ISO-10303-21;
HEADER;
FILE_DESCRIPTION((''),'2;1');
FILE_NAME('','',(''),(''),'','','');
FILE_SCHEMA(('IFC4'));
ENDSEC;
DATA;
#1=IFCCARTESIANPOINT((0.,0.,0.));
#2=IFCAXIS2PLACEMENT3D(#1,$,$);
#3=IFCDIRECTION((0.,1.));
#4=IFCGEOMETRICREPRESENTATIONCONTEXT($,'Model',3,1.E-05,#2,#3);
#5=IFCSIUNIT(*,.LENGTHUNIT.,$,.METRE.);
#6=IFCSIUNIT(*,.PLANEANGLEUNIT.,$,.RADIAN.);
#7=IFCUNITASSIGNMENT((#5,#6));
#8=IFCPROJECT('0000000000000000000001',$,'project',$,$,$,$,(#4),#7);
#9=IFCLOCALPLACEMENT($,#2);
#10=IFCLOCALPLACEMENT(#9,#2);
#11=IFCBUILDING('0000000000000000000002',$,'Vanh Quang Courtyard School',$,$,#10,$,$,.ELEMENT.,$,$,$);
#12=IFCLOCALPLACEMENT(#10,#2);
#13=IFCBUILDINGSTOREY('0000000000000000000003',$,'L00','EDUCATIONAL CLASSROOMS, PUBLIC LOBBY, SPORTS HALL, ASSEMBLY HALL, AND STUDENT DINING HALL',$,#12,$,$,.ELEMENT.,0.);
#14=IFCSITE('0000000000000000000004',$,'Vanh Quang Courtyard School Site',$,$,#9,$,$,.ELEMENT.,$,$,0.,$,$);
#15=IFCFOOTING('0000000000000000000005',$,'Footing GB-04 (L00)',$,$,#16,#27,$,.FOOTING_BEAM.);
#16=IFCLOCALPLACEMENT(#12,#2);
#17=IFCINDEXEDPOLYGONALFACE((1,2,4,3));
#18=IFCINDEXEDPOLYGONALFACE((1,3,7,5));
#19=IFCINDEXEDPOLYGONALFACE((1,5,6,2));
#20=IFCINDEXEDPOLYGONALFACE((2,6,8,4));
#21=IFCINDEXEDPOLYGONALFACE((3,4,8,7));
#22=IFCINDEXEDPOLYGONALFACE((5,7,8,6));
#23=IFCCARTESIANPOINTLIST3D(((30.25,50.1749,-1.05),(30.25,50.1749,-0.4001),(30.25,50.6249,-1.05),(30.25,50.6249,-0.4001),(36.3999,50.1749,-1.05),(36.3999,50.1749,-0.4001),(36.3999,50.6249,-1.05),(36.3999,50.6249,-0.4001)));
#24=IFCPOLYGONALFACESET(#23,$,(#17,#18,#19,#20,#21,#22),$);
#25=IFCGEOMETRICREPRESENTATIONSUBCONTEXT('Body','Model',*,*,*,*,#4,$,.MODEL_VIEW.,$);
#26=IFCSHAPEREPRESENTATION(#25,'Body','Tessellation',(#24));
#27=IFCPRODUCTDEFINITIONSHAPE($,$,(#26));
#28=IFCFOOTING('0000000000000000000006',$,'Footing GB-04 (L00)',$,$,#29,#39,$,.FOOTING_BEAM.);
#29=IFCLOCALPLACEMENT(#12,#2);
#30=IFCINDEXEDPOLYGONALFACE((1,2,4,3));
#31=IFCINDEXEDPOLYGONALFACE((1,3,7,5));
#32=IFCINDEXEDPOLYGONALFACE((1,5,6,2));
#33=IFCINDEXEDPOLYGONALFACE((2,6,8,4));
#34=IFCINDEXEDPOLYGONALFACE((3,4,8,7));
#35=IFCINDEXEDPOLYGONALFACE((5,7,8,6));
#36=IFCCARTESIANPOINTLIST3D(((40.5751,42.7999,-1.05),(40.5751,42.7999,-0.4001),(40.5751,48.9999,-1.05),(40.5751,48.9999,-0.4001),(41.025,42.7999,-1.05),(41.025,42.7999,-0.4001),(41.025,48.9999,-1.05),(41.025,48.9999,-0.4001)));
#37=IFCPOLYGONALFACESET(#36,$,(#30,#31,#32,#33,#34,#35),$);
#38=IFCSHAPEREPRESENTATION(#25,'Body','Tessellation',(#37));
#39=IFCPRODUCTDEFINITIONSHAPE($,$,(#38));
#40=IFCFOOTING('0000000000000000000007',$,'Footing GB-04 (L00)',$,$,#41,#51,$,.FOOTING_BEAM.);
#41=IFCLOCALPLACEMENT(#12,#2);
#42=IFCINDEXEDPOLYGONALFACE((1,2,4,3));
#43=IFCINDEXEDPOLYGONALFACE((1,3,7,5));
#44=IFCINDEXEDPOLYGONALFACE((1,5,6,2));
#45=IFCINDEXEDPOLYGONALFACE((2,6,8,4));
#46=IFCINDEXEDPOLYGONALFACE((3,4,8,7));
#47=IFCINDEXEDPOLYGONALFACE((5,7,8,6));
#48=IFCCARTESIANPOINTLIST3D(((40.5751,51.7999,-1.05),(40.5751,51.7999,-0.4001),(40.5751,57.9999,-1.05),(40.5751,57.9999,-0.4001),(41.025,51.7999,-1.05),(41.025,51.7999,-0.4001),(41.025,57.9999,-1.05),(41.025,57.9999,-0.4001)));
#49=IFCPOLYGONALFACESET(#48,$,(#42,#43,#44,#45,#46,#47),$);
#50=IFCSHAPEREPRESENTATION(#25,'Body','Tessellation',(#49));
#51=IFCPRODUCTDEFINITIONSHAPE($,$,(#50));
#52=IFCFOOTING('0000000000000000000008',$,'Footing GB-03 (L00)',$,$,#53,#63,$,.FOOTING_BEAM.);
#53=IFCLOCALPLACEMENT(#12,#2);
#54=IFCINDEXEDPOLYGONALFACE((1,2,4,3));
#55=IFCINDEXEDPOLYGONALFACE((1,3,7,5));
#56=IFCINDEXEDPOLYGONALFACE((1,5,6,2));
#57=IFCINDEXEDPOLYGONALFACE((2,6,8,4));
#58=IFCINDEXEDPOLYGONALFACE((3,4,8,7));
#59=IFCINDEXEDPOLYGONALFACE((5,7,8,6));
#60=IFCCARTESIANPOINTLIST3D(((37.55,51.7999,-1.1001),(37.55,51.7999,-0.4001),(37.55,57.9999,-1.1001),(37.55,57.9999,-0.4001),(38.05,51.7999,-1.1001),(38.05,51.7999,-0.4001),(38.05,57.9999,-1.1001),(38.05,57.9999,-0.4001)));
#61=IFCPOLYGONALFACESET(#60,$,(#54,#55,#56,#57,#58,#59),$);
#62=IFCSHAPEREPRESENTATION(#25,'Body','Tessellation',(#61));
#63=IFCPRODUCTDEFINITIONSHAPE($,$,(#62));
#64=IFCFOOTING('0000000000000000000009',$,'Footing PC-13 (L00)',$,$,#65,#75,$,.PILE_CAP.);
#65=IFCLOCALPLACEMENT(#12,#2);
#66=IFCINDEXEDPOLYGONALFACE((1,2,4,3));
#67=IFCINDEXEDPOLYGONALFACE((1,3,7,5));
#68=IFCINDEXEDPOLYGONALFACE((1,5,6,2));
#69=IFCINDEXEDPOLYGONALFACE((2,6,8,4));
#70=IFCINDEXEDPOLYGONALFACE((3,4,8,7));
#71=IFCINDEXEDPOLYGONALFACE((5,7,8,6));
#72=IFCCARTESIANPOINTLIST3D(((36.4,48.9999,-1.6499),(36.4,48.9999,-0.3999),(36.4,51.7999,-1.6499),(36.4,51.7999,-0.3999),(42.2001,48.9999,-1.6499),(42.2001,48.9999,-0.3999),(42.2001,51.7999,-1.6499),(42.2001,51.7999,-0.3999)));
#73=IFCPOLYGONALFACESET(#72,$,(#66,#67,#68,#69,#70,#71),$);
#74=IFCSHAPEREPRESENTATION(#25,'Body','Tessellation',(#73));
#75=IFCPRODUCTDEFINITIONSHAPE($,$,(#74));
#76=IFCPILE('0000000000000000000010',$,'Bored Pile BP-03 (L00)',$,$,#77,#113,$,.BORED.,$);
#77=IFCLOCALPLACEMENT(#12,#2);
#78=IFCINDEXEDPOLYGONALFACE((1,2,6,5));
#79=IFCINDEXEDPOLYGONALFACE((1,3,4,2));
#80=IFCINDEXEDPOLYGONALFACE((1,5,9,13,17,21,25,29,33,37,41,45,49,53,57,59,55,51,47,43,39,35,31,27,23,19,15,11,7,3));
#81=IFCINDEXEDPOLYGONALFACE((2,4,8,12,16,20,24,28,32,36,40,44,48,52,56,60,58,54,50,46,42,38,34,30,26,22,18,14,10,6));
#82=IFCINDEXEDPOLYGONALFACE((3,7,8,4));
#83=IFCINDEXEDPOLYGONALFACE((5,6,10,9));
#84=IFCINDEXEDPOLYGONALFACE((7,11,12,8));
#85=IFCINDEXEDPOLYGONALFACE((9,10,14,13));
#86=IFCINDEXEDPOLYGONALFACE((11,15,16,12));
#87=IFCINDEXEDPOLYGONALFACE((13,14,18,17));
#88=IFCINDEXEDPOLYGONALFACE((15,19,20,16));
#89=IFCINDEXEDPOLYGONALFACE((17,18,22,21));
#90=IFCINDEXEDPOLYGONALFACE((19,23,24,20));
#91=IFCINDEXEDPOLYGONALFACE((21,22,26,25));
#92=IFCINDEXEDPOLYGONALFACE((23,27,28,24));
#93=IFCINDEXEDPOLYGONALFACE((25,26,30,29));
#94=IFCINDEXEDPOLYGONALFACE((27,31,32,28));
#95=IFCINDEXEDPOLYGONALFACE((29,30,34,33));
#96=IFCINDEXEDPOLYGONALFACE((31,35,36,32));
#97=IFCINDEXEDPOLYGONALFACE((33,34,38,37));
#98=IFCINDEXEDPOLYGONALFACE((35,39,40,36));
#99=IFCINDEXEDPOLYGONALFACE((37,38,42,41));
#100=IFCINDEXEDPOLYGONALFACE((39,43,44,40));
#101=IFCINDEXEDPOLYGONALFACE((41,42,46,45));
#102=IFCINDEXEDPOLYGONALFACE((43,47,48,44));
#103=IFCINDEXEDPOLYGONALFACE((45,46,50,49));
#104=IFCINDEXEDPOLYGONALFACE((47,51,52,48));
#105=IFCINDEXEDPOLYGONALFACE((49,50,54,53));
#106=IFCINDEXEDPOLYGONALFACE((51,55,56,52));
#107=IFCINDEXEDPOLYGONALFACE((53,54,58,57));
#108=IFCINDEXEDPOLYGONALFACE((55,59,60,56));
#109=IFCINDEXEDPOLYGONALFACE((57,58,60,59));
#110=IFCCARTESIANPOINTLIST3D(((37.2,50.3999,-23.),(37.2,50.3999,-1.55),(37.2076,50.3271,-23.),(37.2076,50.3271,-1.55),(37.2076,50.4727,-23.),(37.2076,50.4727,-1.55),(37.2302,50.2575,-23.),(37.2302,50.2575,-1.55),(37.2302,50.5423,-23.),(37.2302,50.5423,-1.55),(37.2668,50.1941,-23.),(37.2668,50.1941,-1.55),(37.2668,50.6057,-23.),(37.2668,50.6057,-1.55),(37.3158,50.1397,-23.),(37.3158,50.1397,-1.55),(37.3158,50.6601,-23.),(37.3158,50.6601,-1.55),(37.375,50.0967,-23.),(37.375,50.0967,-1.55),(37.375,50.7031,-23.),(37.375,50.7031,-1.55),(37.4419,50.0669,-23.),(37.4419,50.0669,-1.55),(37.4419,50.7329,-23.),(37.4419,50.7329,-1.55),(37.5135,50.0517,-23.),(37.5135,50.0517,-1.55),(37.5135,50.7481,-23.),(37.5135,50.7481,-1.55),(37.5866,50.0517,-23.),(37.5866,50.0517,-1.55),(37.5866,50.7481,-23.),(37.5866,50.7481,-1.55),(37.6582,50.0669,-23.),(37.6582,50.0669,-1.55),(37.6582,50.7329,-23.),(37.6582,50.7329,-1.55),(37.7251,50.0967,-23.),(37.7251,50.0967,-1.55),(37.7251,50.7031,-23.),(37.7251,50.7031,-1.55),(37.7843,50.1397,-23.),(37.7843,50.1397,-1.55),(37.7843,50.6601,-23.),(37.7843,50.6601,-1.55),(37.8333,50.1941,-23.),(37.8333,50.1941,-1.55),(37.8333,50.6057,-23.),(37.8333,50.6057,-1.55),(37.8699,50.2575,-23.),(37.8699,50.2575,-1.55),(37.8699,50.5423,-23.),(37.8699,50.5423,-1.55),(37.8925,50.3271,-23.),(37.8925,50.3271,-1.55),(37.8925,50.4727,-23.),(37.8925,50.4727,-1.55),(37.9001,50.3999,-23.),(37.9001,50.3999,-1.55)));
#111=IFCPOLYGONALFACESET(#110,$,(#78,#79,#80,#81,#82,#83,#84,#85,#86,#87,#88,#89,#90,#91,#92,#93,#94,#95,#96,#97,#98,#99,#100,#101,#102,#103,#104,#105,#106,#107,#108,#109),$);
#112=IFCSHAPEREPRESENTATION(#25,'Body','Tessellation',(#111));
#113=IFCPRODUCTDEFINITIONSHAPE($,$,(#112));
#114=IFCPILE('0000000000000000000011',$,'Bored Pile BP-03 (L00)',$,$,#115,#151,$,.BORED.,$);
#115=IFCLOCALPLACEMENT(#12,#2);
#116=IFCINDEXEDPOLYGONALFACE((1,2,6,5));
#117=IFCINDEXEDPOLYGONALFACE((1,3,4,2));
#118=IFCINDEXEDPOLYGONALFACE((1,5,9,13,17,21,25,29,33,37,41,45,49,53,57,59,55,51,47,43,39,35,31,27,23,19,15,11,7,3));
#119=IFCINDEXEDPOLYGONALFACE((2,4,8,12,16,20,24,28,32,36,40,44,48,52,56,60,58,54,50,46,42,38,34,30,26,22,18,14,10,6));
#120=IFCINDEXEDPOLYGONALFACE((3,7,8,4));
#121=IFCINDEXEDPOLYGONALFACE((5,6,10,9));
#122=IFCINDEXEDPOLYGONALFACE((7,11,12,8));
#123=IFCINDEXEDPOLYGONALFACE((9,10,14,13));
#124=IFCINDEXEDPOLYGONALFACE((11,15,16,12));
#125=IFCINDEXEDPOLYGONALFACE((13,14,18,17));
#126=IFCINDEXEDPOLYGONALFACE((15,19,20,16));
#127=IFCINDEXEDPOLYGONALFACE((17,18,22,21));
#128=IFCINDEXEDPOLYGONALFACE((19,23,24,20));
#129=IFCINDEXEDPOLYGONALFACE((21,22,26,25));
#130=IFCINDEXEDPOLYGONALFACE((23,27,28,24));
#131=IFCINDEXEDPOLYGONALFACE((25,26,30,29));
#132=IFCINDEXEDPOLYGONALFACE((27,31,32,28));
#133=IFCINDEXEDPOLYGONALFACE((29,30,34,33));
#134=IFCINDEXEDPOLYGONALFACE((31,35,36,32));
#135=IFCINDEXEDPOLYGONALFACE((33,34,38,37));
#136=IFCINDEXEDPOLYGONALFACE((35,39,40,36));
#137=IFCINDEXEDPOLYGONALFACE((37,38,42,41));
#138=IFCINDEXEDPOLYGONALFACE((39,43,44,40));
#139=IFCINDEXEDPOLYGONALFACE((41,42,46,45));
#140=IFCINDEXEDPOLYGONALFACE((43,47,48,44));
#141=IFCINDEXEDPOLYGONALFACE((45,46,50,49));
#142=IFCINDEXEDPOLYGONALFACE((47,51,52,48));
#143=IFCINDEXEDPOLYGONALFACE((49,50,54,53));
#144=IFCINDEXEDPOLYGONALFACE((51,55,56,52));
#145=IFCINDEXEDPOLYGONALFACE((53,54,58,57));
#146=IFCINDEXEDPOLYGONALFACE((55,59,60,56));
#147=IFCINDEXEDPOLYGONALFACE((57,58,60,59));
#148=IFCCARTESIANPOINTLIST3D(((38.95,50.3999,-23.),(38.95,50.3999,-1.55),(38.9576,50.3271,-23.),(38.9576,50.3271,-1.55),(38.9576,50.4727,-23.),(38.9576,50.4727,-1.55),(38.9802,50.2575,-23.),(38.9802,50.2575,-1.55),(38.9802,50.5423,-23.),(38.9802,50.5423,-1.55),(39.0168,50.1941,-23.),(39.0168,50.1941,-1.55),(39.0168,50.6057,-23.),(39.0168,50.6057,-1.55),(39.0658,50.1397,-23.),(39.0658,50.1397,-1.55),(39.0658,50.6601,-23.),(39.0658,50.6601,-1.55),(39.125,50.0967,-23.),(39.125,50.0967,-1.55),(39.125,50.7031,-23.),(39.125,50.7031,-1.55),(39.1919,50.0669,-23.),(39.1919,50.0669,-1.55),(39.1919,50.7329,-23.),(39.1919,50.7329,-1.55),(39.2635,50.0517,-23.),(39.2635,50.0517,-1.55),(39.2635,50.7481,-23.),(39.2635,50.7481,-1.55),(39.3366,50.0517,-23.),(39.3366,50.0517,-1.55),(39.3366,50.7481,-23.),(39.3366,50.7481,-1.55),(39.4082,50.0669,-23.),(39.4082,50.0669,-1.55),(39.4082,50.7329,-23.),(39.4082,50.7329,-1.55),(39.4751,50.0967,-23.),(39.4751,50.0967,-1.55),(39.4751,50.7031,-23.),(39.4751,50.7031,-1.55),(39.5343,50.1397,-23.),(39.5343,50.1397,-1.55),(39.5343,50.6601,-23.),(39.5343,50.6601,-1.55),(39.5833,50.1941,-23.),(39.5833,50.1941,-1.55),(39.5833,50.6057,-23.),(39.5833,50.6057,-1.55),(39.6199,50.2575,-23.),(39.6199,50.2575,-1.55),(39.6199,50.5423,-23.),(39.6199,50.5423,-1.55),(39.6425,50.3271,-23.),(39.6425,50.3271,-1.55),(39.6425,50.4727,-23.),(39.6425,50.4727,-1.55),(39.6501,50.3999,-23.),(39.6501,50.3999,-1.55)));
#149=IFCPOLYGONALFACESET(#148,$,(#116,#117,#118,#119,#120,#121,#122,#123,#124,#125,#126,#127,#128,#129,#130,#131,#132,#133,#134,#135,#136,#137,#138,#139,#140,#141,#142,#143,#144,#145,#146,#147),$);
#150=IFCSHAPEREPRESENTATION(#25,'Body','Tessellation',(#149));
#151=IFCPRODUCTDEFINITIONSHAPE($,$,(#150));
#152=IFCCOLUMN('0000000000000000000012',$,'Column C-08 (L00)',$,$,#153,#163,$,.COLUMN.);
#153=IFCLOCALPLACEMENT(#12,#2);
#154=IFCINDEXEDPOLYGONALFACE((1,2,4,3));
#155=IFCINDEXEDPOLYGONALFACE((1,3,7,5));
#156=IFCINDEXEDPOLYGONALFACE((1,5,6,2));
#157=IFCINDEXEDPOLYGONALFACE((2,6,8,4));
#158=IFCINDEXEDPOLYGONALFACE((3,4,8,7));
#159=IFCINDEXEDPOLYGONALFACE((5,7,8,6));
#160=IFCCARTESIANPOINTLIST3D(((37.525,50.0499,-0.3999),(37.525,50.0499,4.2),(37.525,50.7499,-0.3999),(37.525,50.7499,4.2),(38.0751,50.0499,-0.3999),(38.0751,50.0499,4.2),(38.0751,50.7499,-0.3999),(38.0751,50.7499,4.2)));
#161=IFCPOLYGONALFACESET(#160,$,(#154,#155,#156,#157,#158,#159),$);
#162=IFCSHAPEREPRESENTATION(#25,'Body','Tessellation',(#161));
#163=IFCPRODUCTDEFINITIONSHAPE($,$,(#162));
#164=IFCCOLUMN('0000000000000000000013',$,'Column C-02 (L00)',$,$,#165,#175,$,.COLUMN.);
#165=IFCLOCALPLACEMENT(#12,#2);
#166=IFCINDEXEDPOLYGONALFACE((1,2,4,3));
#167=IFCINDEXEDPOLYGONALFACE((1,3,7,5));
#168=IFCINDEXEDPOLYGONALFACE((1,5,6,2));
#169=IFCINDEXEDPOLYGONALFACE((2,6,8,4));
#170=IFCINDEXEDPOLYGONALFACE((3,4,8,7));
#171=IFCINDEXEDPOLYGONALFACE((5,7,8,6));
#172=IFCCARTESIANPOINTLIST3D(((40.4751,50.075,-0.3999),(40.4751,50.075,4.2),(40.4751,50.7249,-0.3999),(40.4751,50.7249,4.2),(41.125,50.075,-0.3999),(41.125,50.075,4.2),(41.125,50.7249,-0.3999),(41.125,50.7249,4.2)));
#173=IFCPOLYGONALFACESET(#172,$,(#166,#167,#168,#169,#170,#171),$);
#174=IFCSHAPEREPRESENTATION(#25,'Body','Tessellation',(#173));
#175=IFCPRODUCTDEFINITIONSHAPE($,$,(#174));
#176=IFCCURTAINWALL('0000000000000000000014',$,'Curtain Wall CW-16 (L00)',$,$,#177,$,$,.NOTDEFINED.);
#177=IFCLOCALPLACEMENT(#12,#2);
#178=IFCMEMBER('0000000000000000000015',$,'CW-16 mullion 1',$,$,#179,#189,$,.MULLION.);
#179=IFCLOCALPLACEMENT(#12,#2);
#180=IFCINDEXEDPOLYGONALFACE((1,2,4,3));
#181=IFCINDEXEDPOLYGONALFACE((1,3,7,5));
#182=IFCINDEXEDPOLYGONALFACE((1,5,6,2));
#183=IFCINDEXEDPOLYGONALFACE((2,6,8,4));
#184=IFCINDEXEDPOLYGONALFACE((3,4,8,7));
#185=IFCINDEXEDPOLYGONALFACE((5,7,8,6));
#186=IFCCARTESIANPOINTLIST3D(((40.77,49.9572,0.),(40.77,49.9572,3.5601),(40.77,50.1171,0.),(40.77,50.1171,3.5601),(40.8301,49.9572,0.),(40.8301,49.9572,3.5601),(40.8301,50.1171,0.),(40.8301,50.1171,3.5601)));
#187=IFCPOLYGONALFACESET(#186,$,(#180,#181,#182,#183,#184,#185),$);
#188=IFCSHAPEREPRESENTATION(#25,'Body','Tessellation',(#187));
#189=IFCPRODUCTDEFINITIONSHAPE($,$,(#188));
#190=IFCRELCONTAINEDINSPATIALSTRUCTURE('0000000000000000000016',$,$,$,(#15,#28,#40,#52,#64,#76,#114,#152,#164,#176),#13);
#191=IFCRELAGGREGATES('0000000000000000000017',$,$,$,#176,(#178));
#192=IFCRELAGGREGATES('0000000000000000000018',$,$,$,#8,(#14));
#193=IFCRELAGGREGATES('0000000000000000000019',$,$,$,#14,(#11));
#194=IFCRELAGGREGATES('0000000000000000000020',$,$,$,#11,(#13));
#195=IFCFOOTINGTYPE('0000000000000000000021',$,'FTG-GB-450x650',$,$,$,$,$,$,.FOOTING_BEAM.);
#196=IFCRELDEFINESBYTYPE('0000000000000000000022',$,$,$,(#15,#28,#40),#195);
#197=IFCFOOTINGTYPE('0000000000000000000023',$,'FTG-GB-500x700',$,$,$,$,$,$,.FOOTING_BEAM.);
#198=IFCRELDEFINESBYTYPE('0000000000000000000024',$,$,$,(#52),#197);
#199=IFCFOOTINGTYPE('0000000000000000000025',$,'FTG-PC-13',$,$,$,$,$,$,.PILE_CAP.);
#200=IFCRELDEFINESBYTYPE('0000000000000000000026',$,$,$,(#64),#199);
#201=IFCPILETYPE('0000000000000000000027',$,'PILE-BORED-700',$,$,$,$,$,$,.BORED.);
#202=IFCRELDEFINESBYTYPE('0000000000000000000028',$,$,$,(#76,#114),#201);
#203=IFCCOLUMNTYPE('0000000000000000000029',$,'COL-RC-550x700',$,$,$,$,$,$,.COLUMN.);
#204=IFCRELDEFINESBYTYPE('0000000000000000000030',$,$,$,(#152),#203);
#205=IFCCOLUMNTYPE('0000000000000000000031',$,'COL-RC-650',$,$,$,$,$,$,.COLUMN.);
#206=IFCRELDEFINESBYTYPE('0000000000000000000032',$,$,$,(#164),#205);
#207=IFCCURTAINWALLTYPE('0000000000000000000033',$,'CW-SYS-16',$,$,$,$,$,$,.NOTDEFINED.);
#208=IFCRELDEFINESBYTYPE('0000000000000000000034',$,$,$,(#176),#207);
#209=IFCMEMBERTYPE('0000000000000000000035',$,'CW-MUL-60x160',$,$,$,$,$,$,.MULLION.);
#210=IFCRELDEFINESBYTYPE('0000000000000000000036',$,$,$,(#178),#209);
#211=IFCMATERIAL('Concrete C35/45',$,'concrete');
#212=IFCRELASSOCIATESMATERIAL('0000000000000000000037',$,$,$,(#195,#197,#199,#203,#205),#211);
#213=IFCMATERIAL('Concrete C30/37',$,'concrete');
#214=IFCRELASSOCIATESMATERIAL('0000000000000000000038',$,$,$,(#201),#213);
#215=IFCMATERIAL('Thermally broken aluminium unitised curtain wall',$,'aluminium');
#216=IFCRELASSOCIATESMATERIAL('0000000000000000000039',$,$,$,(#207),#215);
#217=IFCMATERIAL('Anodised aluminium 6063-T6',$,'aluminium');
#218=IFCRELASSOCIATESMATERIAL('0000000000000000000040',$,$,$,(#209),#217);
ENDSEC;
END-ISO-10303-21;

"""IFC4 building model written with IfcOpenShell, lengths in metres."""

from ifc_helpers import new_model, si_unit, direction, frame, origin, origin_2d, place, context, subcontext, project, spatial, rectangle, circle, extrude, material, material_profile, profile_set, type_object, element, aggregate, save


model = new_model("IFC4")

# Units and contexts
model_context = context("Model", 3, precision=1e-05, world=origin(), true_north=direction((0.0, 1.0)))
body_context = subcontext(model_context, "Body", "Model", "MODEL_VIEW")
ifc_project = project(units=[si_unit("LENGTHUNIT", "METRE"), si_unit("PLANEANGLEUNIT", "RADIAN")], contexts=[model_context])

# Site, building, storey
site_placement = place(None, origin())
site = spatial("IfcSite", under=ifc_project, at=site_placement, Name="Vanh Quang Courtyard School Site", CompositionType="ELEMENT", RefElevation=0.0)
building_placement = place(site_placement, origin())
building = spatial("IfcBuilding", under=site, at=building_placement, Name="Vanh Quang Courtyard School", CompositionType="ELEMENT")
storey_placement = place(building_placement, origin())
storey = spatial("IfcBuildingStorey", under=building, at=storey_placement, Name="L00", Description="EDUCATIONAL CLASSROOMS, PUBLIC LOBBY, SPORTS HALL, ASSEMBLY HALL, AND STUDENT DINING HALL", CompositionType="ELEMENT", Elevation=0.0)

# Footings
ifc_material_1 = material(Name="Concrete C35/45", Category="concrete")
footing_type_1 = type_object("IfcFootingType", Name="FTG-GB-450x650", PredefinedType="FOOTING_BEAM", material=ifc_material_1)
footing_1_placement = place(storey_placement, frame((33.325, 50.3999, -1.05), z_axis=(0.0, 0.0, 1.0), x_axis=(1.0, 0.0, 0.0)))
element("IfcFooting", 1, at=footing_1_placement, inside=storey, type_object=footing_type_1, Name="Footing GB-04 (L00)", PredefinedType="FOOTING_BEAM", context=body_context, shape_type="SweptSolid", body=[
    extrude(rectangle(XDim=6.1499, YDim=0.45, at=origin_2d()), origin(), (0.0, 0.0, 1.0), 0.6499),
])
for number, where, z_axis, x_axis, name in (
    (2, (40.8, 45.8999, -1.05), (0.0, 0.0, 1.0), (0.0, 1.0, 0.0), "Footing GB-04 (L00)"),
    (3, (40.8, 54.8999, -1.05), (0.0, 0.0, 1.0), (0.0, 1.0, 0.0), "Footing GB-04 (L00)"),
):
    element("IfcFooting", number, at=place(storey_placement, frame(where, z_axis=z_axis, x_axis=x_axis)), inside=storey, type_object=footing_type_1, Name=name, PredefinedType="FOOTING_BEAM", context=body_context, shape_type="SweptSolid", body=[
        extrude(rectangle(XDim=6.2, YDim=0.45, at=origin_2d()), origin(), (0.0, 0.0, 1.0), 0.6499),
    ])
footing_type_2 = type_object("IfcFootingType", Name="FTG-GB-500x700", PredefinedType="FOOTING_BEAM", material=ifc_material_1)
footing_2_placement = place(storey_placement, frame((37.8, 54.8999, -1.1001), z_axis=(0.0, 0.0, 1.0), x_axis=(0.0, 1.0, 0.0)))
element("IfcFooting", 4, at=footing_2_placement, inside=storey, type_object=footing_type_2, Name="Footing GB-03 (L00)", PredefinedType="FOOTING_BEAM", context=body_context, shape_type="SweptSolid", body=[
    extrude(rectangle(XDim=6.2, YDim=0.5, at=origin_2d()), origin(), (0.0, 0.0, 1.0), 0.7),
])
footing_type_3 = type_object("IfcFootingType", Name="FTG-PC-13", PredefinedType="PILE_CAP", material=ifc_material_1)
footing_3_placement = place(storey_placement, frame((39.3, 50.3999, -1.6499), z_axis=(0.0, 0.0, 1.0), x_axis=(1.0, 0.0, 0.0)))
element("IfcFooting", 5, at=footing_3_placement, inside=storey, type_object=footing_type_3, Name="Footing PC-13 (L00)", PredefinedType="PILE_CAP", context=body_context, shape_type="SweptSolid", body=[
    extrude(rectangle(XDim=5.8, YDim=2.8, at=origin_2d()), origin(), (0.0, 0.0, 1.0), 1.25),
])

# Piles
ifc_material_2 = material(Name="Concrete C30/37", Category="concrete")
ifc_material_profile_1 = material_profile(ifc_material_2, circle(Radius=0.3501, at=origin_2d()), Name="PILE D700")
ifc_profile_set_1 = profile_set([ifc_material_profile_1], Name="Concrete C30/37")
pile_type = type_object("IfcPileType", Name="PILE-BORED-700", PredefinedType="BORED", material=ifc_profile_set_1)
for number, where, z_axis, x_axis, name in (
    (6, (37.55, 50.3999, -1.55), (0.0, 0.0, -1.0), (1.0, 0.0, 0.0), "Bored Pile BP-03 (L00)"),
    (7, (39.3, 50.3999, -1.55), (0.0, 0.0, -1.0), (1.0, 0.0, 0.0), "Bored Pile BP-03 (L00)"),
):
    element("IfcPile", number, at=place(storey_placement, frame(where, z_axis=z_axis, x_axis=x_axis)), inside=storey, type_object=pile_type, Name=name, PredefinedType="BORED", context=body_context, shape_type="SweptSolid", body=[
        extrude(circle(Radius=0.3501, at=origin_2d()), origin(), (0.0, 0.0, 1.0), 21.45),
    ])

# Columns
ifc_material_profile_2 = material_profile(ifc_material_1, rectangle(XDim=0.55, YDim=0.7, at=origin_2d()), Name="RC-COL 550x700")
ifc_profile_set_2 = profile_set([ifc_material_profile_2], Name="Concrete C35/45")
column_type_1 = type_object("IfcColumnType", Name="COL-RC-550x700", PredefinedType="COLUMN", material=ifc_profile_set_2)
column_1_placement = place(storey_placement, frame((37.8, 50.3999, -0.3999), z_axis=(0.0, 0.0, 1.0), x_axis=(1.0, 0.0, 0.0)))
element("IfcColumn", 8, at=column_1_placement, inside=storey, type_object=column_type_1, Name="Column C-08 (L00)", PredefinedType="COLUMN", context=body_context, shape_type="SweptSolid", body=[
    extrude(rectangle(XDim=0.55, YDim=0.7, at=origin_2d()), origin(), (0.0, 0.0, 1.0), 4.5999),
])
ifc_material_profile_3 = material_profile(ifc_material_1, rectangle(XDim=0.6499, YDim=0.6499, at=origin_2d()), Name="RC-COL 650x650")
ifc_profile_set_3 = profile_set([ifc_material_profile_3], Name="Concrete C35/45")
column_type_2 = type_object("IfcColumnType", Name="COL-RC-650", PredefinedType="COLUMN", material=ifc_profile_set_3)
column_2_placement = place(storey_placement, frame((40.8, 50.3999, -0.3999), z_axis=(0.0, 0.0, 1.0), x_axis=(1.0, 0.0, 0.0)))
element("IfcColumn", 9, at=column_2_placement, inside=storey, type_object=column_type_2, Name="Column C-02 (L00)", PredefinedType="COLUMN", context=body_context, shape_type="SweptSolid", body=[
    extrude(rectangle(XDim=0.6499, YDim=0.6499, at=origin_2d()), origin(), (0.0, 0.0, 1.0), 4.5999),
])

# Curtain wall, member
ifc_material_3 = material(Name="Thermally broken aluminium unitised curtain wall", Category="aluminium")
curtain_wall_type = type_object("IfcCurtainWallType", Name="CW-SYS-16", PredefinedType="NOTDEFINED", material=ifc_material_3)
curtain_wall_placement = place(storey_placement, origin())
curtain_wall = element("IfcCurtainWall", 10, at=curtain_wall_placement, inside=storey, type_object=curtain_wall_type, Name="Curtain Wall CW-16 (L00)", PredefinedType="NOTDEFINED")
ifc_material_4 = material(Name="Anodised aluminium 6063-T6", Category="aluminium")
ifc_material_profile_4 = material_profile(ifc_material_4, rectangle(XDim=0.0601, YDim=0.1599, at=origin_2d()), Name="ALU-MUL 60x160")
ifc_profile_set_4 = profile_set([ifc_material_profile_4], Name="Anodised aluminium 6063-T6")
member_type_1 = type_object("IfcMemberType", Name="CW-MUL-60x160", PredefinedType="MULLION", material=ifc_profile_set_4)
member_1_placement = place(storey_placement, frame((40.8, 50.0371, 0.0), z_axis=(0.0, 0.0, 1.0), x_axis=(1.0, 0.0, 0.0)))
member_1 = element("IfcMember", 11, at=member_1_placement, type_object=member_type_1, Name="CW-16 mullion 1", PredefinedType="MULLION", context=body_context, shape_type="SweptSolid", body=[
    extrude(rectangle(XDim=0.0601, YDim=0.1599, at=origin_2d()), origin(), (0.0, 0.0, 1.0), 3.5601),
])
aggregate(curtain_wall, [member_1])

save(model, "model.ifc")
